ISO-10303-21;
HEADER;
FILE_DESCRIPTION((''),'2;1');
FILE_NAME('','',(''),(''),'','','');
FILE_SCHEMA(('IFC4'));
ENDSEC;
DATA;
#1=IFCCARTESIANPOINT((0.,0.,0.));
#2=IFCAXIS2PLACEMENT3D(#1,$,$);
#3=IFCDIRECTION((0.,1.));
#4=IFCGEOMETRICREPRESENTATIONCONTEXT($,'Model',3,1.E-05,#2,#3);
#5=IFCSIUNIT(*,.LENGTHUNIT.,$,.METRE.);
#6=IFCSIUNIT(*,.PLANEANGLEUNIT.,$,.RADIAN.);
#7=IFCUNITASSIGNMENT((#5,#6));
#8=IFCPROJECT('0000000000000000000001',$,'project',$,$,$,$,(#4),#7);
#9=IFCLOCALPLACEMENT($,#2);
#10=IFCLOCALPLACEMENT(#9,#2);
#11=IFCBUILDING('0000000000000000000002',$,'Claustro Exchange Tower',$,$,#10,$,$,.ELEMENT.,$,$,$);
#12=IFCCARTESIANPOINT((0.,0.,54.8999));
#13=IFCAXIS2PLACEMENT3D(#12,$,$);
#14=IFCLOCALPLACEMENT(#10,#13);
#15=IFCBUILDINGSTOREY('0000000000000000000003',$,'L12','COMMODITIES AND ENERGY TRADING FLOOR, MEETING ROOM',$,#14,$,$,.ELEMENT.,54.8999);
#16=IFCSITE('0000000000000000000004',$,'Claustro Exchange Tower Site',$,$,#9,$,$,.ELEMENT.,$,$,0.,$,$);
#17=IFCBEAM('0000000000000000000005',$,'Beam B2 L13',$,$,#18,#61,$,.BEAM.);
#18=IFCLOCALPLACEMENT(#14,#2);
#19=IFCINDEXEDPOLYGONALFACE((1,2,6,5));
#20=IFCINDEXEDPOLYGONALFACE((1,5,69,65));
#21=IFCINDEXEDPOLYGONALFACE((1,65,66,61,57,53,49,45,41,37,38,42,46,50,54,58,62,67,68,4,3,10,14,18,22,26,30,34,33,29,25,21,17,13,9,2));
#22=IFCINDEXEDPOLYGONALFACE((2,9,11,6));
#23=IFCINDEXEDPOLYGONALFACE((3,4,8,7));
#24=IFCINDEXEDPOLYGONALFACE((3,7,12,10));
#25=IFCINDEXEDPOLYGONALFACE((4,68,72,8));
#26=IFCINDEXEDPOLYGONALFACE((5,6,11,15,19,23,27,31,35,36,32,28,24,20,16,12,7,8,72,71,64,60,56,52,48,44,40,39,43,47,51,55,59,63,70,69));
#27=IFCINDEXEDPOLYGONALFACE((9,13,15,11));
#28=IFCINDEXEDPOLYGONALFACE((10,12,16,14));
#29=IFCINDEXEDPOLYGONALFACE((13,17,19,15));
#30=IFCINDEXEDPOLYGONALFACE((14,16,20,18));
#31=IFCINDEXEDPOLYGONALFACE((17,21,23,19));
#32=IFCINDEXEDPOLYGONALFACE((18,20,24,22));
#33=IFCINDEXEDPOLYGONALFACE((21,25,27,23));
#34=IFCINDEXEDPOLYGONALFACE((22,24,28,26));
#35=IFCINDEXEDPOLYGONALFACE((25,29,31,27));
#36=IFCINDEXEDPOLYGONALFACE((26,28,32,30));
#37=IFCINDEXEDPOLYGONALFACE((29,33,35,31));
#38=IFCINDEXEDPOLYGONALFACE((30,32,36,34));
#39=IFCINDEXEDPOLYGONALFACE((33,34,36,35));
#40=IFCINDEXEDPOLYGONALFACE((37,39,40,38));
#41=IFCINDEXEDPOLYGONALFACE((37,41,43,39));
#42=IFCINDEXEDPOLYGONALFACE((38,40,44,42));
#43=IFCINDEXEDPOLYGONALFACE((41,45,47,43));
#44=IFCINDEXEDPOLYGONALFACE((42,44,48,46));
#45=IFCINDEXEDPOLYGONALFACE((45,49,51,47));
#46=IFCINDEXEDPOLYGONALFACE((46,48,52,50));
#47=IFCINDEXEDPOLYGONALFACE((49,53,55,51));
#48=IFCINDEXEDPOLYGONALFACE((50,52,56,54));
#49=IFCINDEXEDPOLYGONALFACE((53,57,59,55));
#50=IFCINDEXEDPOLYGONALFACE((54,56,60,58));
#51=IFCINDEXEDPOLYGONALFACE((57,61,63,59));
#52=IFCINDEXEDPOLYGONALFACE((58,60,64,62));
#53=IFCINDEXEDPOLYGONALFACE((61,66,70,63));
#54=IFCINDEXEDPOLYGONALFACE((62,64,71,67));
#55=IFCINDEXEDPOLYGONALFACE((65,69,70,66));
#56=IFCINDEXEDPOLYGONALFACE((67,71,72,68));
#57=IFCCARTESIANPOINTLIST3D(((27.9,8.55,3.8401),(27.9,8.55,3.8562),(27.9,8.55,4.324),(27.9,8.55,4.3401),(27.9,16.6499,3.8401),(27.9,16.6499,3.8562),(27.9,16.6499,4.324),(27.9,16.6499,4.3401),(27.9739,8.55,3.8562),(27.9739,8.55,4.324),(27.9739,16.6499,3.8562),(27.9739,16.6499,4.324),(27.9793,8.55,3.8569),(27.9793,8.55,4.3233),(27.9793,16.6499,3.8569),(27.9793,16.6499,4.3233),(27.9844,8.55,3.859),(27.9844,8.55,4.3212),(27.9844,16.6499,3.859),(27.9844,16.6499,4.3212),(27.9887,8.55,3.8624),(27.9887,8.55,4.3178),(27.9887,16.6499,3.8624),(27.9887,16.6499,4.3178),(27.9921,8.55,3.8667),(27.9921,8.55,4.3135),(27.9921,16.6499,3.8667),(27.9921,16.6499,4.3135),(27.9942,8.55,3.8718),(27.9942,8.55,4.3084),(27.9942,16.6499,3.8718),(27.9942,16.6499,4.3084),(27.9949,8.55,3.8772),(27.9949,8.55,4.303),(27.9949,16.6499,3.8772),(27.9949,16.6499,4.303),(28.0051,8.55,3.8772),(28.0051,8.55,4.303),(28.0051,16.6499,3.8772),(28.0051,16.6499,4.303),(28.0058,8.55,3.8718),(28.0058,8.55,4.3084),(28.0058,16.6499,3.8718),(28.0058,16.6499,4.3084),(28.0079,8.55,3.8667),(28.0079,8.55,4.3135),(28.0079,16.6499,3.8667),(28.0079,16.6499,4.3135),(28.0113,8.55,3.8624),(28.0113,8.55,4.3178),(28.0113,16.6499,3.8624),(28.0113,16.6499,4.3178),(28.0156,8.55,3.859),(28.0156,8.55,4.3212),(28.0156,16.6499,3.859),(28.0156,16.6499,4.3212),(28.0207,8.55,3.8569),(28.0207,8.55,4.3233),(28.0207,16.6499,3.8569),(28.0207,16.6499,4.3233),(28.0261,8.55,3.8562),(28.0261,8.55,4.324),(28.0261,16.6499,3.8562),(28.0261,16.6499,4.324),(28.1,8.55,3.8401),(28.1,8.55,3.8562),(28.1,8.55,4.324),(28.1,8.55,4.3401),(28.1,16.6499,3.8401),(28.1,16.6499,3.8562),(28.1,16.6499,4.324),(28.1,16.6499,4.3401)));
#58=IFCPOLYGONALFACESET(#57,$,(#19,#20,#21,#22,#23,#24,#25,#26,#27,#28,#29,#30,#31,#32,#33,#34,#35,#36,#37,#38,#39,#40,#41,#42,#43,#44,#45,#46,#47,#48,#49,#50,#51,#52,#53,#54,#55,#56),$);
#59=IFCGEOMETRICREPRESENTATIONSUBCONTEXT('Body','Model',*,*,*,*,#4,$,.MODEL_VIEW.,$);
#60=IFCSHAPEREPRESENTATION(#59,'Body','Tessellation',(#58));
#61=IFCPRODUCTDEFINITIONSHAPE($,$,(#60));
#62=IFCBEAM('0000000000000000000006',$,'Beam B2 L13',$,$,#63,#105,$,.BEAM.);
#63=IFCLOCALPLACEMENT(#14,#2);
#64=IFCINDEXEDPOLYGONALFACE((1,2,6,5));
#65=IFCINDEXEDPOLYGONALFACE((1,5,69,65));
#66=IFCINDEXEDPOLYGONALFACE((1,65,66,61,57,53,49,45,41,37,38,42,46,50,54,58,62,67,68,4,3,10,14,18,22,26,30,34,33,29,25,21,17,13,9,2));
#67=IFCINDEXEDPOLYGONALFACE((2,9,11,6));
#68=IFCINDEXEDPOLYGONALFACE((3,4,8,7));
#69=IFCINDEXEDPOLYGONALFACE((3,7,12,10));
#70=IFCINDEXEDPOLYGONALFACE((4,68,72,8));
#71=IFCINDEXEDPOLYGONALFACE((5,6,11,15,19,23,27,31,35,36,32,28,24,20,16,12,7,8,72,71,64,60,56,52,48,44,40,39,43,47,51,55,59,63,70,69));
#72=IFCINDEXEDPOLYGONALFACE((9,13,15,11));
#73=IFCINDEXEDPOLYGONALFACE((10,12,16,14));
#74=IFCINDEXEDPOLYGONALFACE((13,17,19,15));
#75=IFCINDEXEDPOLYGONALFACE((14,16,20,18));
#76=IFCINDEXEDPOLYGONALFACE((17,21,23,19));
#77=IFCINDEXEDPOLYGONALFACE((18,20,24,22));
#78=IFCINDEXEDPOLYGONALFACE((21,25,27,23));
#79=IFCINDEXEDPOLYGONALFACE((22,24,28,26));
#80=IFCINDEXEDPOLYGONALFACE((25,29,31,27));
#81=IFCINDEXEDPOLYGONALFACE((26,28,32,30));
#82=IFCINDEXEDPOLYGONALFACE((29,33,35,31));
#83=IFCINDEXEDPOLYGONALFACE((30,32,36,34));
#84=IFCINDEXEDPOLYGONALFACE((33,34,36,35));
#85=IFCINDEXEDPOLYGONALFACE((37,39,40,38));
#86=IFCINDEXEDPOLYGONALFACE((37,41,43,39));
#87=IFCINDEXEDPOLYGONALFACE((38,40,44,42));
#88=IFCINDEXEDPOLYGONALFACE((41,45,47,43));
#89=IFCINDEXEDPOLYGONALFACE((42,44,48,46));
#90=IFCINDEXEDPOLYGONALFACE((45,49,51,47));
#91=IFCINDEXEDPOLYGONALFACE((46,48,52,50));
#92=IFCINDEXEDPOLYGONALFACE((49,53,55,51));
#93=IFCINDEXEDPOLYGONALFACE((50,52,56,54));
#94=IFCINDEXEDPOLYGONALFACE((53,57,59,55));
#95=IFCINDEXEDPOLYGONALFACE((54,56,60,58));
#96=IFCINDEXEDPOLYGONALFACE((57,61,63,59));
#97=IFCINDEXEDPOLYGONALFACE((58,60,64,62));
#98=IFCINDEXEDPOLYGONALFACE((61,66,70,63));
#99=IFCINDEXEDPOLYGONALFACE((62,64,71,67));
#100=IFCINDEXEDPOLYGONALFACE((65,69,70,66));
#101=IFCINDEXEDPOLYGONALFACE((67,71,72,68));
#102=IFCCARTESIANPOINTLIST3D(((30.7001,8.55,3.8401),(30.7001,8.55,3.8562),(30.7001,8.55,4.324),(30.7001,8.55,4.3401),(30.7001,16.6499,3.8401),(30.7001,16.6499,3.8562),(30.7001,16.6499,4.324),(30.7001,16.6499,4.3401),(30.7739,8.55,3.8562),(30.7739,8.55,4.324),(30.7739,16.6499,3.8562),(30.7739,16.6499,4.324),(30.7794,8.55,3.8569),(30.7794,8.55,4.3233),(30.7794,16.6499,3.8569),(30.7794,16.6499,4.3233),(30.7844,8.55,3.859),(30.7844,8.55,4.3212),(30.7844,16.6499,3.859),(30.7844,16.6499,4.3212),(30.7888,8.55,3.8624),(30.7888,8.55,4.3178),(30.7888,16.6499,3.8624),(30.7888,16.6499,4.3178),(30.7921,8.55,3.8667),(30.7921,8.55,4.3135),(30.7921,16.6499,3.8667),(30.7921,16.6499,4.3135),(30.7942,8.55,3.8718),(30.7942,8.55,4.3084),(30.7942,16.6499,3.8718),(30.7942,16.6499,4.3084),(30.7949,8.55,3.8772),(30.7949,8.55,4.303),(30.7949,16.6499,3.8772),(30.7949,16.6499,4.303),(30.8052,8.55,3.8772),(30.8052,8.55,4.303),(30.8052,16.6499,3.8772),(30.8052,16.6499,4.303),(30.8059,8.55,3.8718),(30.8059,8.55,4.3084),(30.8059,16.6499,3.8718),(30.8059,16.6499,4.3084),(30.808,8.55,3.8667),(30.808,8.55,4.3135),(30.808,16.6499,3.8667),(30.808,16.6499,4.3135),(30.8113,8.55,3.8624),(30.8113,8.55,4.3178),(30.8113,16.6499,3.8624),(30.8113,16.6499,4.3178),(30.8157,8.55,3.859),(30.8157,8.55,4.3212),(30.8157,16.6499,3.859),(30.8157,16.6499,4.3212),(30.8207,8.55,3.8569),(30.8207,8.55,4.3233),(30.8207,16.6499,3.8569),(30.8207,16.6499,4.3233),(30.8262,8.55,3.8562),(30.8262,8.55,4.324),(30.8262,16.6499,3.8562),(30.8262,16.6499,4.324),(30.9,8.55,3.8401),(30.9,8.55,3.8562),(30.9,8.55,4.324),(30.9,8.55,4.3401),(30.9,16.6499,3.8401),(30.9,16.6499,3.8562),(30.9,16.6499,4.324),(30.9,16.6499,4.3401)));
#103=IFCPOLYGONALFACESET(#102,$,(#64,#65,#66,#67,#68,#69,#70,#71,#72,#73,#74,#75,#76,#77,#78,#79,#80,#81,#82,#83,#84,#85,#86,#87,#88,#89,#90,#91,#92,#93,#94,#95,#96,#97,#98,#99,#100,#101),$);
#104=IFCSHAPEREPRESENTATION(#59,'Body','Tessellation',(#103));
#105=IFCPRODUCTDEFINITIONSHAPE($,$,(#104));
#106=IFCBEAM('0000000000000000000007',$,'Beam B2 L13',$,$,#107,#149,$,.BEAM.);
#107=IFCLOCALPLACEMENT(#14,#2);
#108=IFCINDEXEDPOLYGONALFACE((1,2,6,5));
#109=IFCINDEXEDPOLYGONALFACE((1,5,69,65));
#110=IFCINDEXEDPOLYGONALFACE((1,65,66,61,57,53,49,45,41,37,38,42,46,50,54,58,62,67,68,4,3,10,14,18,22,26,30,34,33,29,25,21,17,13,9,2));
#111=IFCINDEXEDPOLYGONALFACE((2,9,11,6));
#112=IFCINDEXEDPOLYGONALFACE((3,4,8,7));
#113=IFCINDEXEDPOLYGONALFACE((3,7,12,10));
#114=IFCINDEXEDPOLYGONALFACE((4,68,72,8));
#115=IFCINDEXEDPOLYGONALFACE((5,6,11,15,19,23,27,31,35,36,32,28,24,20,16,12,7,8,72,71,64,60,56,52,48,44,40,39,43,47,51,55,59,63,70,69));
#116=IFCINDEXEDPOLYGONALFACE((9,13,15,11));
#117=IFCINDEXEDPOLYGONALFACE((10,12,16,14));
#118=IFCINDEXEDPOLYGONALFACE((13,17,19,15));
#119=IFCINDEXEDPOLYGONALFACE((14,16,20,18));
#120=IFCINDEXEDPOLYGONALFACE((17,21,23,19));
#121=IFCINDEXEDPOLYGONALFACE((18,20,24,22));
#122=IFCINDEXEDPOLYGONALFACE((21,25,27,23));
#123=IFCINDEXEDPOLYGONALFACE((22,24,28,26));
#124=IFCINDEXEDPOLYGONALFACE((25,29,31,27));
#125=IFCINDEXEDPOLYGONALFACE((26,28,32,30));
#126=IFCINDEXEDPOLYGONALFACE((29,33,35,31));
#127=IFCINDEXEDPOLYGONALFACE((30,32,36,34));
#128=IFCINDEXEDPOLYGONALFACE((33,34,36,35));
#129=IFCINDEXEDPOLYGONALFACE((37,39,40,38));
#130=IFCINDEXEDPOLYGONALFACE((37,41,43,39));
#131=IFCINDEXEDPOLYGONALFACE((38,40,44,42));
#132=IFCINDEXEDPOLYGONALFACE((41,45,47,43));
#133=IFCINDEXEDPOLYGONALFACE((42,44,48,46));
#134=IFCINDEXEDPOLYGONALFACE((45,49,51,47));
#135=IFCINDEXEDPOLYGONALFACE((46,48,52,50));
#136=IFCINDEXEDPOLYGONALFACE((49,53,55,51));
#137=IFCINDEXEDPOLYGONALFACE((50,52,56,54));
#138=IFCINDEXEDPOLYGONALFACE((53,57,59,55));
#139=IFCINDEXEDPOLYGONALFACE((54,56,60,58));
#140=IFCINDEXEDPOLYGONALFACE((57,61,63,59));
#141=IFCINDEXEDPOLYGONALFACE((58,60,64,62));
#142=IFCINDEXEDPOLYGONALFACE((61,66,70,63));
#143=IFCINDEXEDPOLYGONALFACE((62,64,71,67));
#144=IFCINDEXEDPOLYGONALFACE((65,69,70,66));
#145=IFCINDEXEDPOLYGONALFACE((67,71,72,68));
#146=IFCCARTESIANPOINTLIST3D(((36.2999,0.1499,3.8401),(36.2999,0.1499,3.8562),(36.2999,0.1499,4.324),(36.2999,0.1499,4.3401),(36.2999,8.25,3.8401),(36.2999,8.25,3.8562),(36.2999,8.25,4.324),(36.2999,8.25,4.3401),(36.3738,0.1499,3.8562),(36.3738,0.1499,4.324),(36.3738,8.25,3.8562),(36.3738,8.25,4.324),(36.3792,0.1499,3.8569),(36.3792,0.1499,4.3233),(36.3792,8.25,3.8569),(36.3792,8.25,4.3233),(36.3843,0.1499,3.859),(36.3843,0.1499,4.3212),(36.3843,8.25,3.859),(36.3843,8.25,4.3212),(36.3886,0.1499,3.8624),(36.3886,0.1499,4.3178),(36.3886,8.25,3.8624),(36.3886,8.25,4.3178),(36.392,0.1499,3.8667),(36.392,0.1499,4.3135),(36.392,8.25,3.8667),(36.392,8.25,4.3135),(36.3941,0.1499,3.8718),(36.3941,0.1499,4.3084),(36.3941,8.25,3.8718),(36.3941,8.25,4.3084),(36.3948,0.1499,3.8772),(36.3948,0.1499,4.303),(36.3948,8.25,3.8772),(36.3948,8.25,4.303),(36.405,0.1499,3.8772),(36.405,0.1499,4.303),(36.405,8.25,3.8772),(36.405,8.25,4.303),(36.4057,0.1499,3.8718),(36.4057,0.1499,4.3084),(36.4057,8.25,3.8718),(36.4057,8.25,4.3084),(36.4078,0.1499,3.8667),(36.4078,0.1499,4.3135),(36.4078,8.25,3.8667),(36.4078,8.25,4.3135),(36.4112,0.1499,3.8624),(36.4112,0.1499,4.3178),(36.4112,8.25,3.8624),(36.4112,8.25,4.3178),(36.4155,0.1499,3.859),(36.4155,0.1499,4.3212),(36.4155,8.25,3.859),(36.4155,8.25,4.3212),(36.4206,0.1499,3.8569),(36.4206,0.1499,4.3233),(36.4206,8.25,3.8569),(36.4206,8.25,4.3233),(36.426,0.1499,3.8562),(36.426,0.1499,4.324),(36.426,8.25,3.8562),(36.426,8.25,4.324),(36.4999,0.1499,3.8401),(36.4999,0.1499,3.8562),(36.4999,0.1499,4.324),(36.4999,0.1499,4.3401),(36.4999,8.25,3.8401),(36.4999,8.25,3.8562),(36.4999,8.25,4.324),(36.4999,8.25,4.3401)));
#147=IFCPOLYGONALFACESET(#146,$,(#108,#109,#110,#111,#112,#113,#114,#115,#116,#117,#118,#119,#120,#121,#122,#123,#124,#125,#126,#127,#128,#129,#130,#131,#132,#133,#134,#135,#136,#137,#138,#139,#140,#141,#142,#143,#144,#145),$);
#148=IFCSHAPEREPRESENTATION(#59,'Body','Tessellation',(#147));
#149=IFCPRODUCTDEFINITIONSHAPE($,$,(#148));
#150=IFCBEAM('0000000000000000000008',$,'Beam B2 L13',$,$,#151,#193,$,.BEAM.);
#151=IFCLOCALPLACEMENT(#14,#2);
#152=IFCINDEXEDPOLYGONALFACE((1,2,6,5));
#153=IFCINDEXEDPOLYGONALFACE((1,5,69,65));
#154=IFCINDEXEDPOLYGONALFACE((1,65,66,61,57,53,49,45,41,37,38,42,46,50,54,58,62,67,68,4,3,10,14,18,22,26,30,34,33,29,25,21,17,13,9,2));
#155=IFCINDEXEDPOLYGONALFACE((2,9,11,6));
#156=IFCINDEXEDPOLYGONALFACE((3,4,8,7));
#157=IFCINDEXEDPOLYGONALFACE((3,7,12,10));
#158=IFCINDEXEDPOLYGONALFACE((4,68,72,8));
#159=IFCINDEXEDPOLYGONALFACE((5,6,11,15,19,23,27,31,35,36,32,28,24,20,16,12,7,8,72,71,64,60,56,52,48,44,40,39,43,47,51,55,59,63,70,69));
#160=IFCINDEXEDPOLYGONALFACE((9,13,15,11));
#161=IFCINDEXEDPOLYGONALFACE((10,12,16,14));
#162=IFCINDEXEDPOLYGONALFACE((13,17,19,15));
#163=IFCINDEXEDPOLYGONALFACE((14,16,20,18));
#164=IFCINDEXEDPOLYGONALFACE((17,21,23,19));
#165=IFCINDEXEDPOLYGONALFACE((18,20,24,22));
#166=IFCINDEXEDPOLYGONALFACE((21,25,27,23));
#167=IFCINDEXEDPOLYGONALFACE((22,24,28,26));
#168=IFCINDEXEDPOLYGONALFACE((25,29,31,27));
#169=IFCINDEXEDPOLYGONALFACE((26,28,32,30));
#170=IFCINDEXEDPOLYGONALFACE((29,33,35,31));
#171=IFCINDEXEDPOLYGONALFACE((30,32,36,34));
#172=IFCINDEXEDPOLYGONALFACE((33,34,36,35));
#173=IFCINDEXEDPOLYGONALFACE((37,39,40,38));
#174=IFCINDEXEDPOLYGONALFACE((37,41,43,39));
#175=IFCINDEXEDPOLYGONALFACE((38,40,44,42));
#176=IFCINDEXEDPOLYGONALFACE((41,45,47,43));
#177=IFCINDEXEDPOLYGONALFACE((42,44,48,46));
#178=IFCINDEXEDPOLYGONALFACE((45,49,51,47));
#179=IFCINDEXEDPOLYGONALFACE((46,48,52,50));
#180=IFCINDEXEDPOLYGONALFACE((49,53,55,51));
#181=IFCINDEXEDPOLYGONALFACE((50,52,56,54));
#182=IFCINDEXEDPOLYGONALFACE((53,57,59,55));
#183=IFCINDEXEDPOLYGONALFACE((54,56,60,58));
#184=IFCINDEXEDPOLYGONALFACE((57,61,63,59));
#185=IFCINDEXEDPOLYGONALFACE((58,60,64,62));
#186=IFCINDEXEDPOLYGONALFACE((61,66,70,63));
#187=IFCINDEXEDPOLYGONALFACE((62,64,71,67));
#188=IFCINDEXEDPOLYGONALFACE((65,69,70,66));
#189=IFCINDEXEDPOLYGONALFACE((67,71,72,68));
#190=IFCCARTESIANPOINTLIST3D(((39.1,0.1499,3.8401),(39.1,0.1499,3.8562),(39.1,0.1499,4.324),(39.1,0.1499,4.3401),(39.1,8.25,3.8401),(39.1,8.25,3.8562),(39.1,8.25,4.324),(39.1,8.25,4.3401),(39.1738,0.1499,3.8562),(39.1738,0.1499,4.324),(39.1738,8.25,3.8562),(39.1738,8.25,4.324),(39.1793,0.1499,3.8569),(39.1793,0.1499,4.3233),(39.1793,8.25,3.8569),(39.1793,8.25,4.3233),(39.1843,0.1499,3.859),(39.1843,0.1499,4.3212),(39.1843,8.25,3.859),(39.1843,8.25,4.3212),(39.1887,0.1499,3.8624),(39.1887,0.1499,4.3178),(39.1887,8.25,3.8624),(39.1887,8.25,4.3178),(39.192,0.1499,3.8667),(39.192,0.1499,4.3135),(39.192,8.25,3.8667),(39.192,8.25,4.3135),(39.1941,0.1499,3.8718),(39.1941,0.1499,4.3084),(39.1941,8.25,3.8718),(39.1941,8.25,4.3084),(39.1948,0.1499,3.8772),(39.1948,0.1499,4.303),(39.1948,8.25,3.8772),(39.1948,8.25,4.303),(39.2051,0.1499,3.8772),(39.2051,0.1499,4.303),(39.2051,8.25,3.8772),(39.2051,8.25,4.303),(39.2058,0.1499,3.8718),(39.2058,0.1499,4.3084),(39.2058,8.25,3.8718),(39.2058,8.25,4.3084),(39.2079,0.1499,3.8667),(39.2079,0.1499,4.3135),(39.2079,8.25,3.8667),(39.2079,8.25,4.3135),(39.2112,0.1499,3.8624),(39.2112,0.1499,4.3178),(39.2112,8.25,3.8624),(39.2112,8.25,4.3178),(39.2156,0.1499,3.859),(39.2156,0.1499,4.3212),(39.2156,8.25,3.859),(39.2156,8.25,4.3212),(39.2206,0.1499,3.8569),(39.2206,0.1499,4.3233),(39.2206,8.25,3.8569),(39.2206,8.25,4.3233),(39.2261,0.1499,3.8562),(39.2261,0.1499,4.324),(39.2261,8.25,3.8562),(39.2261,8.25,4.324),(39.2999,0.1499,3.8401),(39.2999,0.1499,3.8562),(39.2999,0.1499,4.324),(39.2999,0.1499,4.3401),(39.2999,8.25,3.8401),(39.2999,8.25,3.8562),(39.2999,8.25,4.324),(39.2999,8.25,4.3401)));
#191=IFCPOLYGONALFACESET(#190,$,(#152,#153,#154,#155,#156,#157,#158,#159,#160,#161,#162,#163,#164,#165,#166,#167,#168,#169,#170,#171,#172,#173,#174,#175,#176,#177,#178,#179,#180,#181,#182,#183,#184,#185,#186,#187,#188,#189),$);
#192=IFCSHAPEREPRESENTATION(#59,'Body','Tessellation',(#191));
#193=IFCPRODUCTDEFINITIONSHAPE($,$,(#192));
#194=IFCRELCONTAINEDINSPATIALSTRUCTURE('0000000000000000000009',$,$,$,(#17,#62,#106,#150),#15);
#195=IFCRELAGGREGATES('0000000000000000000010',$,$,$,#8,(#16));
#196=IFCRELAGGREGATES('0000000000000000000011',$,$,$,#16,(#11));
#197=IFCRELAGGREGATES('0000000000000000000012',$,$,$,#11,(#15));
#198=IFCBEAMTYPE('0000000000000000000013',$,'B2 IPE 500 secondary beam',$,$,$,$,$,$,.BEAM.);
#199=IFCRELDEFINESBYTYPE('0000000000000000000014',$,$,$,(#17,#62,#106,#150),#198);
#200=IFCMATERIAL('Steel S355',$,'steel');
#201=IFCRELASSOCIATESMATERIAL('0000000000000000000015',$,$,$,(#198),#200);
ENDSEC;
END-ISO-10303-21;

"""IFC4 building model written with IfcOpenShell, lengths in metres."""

from ifc_helpers import new_model, si_unit, direction, frame, origin, origin_2d, place, context, subcontext, project, spatial, i_section, extrude, material, material_profile, profile_set, type_object, element, save


model = new_model("IFC4")

# Units and contexts
model_context = context("Model", 3, precision=1e-05, world=origin(), true_north=direction((0.0, 1.0)))
body_context = subcontext(model_context, "Body", "Model", "MODEL_VIEW")
ifc_project = project(units=[si_unit("LENGTHUNIT", "METRE"), si_unit("PLANEANGLEUNIT", "RADIAN")], contexts=[model_context])

# Site, building, storey
site_placement = place(None, origin())
site = spatial("IfcSite", under=ifc_project, at=site_placement, Name="Claustro Exchange Tower Site", CompositionType="ELEMENT", RefElevation=0.0)
building_placement = place(site_placement, origin())
building = spatial("IfcBuilding", under=site, at=building_placement, Name="Claustro Exchange Tower", CompositionType="ELEMENT")
storey_placement = place(building_placement, frame((0.0, 0.0, 54.8999)))
storey = spatial("IfcBuildingStorey", under=building, at=storey_placement, Name="L12", Description="COMMODITIES AND ENERGY TRADING FLOOR, MEETING ROOM", CompositionType="ELEMENT", Elevation=54.8999)

# Beams
ifc_material_1 = material(Name="Steel S355", Category="steel")
ifc_material_profile_1 = material_profile(ifc_material_1, i_section(OverallWidth=0.2, OverallDepth=0.5, WebThickness=0.0103, FlangeThickness=0.0161, FilletRadius=0.021, at=origin_2d()), Name="IPE 500")
ifc_profile_set_1 = profile_set([ifc_material_profile_1], Name="Steel S355")
beam_type_1 = type_object("IfcBeamType", Name="B2 IPE 500 secondary beam", PredefinedType="BEAM", material=ifc_profile_set_1)
for number, where, z_axis, x_axis, name in (
    (1, (28.0, 8.55, 4.0901), (0.0, 1.0, 0.0), (-1.0, 0.0, 0.0), "Beam B2 L13"),
    (2, (30.8, 8.55, 4.0901), (0.0, 1.0, 0.0), (-1.0, 0.0, 0.0), "Beam B2 L13"),
):
    element("IfcBeam", number, at=place(storey_placement, frame(where, z_axis=z_axis, x_axis=x_axis)), inside=storey, type_object=beam_type_1, Name=name, PredefinedType="BEAM", context=body_context, shape_type="SweptSolid", body=[
        extrude(i_section(OverallWidth=0.2, OverallDepth=0.5, WebThickness=0.0103, FlangeThickness=0.0161, FilletRadius=0.021, at=origin_2d()), origin(), (0.0, 0.0, 1.0), 8.0999),
    ])
for number, where, z_axis, x_axis, name in (
    (3, (36.3999, 0.1499, 4.0901), (0.0, 1.0, 0.0), (-1.0, 0.0, 0.0), "Beam B2 L13"),
    (4, (39.2, 0.1499, 4.0901), (0.0, 1.0, 0.0), (-1.0, 0.0, 0.0), "Beam B2 L13"),
):
    element("IfcBeam", number, at=place(storey_placement, frame(where, z_axis=z_axis, x_axis=x_axis)), inside=storey, type_object=beam_type_1, Name=name, PredefinedType="BEAM", context=body_context, shape_type="SweptSolid", body=[
        extrude(i_section(OverallWidth=0.2, OverallDepth=0.5, WebThickness=0.0103, FlangeThickness=0.0161, FilletRadius=0.021, at=origin_2d()), origin(), (0.0, 0.0, 1.0), 8.1001),
    ])

save(model, "model.ifc")
